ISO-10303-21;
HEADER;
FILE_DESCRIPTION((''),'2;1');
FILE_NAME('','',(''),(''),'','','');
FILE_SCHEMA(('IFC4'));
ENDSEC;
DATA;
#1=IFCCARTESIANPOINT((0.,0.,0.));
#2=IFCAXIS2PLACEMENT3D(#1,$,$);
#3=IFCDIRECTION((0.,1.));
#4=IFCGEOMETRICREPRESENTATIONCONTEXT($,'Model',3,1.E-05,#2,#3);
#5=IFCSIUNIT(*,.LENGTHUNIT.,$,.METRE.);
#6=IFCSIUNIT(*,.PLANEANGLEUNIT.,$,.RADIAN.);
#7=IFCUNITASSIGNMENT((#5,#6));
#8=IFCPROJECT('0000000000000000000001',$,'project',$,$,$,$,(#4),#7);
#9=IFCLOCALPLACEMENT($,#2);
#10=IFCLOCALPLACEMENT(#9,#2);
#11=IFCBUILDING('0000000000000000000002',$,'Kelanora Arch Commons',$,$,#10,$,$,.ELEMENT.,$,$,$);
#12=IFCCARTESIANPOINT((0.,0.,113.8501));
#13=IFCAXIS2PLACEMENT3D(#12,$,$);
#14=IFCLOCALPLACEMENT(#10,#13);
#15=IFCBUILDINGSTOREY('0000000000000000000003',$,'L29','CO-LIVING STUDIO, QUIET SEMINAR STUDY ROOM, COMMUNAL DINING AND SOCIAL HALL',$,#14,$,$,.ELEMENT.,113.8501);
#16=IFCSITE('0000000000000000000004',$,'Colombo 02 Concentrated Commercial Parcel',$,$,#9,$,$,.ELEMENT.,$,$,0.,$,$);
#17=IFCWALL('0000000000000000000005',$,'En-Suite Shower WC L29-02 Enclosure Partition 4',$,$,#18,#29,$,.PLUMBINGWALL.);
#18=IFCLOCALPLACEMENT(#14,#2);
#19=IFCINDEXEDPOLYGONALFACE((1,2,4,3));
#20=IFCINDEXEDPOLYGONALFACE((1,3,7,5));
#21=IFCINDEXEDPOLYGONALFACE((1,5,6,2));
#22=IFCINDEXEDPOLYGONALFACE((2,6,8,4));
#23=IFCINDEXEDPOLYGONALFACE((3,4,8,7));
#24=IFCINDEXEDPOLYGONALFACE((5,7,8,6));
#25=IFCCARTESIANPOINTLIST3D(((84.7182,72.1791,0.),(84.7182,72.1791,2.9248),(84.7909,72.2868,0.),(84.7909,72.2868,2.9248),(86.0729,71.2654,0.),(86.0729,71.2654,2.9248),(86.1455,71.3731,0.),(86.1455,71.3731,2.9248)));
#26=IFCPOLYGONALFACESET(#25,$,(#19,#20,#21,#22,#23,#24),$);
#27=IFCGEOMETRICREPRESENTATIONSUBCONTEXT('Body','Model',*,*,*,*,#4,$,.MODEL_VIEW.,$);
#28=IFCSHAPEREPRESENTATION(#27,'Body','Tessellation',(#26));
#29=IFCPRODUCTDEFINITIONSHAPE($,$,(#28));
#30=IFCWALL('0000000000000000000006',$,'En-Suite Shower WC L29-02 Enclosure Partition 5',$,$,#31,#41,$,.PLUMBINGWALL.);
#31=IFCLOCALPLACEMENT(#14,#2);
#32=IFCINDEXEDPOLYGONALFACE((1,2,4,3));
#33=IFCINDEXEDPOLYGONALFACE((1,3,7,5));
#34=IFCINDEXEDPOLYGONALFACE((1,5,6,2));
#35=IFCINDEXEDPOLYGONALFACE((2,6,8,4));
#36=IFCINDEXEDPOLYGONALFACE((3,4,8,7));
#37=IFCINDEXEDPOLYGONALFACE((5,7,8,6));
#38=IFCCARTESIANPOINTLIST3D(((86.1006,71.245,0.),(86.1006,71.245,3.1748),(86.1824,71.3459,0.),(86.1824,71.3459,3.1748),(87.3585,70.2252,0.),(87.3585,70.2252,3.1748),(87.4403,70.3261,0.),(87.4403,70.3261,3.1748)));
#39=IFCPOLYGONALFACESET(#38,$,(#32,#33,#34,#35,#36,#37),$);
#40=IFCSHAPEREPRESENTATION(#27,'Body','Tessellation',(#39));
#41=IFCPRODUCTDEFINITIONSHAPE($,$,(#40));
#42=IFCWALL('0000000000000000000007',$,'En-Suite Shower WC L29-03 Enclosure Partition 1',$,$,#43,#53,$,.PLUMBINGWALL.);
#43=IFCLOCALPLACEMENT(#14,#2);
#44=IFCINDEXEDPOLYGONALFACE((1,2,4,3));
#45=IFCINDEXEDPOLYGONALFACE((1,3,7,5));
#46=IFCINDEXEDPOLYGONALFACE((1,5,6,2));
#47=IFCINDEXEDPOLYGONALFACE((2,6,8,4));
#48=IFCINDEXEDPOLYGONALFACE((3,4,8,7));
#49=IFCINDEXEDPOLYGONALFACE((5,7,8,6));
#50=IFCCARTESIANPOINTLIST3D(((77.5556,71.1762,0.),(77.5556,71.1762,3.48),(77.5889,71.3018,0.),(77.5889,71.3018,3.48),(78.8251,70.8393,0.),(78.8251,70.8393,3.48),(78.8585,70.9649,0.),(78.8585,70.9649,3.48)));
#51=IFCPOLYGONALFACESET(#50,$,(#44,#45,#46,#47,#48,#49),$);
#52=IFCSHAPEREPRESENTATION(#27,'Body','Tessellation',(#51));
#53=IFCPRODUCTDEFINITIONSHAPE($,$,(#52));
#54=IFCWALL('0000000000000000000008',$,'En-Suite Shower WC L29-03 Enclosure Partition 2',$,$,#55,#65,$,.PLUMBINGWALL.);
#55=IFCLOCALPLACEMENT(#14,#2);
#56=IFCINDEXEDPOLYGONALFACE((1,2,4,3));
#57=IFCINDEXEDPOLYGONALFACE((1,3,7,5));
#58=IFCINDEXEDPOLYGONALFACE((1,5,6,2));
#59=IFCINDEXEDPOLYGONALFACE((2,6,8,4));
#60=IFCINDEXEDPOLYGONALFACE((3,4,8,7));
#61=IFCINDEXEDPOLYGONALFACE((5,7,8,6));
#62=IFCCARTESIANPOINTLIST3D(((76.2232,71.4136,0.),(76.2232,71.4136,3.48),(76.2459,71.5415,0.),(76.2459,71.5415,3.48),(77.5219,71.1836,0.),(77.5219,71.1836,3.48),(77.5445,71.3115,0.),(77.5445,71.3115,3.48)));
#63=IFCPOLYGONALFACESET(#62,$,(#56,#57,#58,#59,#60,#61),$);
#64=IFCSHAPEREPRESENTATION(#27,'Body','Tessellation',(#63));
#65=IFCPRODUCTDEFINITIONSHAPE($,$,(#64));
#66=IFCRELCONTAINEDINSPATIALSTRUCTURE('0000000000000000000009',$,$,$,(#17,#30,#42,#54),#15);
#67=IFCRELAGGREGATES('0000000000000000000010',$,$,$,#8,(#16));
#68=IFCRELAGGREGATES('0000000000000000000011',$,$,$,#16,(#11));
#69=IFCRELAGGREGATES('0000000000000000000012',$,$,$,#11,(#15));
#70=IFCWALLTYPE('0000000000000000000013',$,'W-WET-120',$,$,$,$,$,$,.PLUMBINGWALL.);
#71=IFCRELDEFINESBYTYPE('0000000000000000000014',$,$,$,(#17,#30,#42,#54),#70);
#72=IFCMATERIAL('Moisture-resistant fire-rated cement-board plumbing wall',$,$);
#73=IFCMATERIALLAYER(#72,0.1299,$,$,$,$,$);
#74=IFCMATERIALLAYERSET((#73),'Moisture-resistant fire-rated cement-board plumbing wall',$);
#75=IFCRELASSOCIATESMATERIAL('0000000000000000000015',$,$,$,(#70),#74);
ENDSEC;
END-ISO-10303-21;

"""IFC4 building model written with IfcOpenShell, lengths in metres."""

from ifc_helpers import new_model, si_unit, direction, frame, frame_2d, origin, place, context, subcontext, project, spatial, rectangle, extrude, material, layer, layer_set, type_object, element, save


model = new_model("IFC4")

# Units and contexts
model_context = context("Model", 3, precision=1e-05, world=origin(), true_north=direction((0.0, 1.0)))
body_context = subcontext(model_context, "Body", "Model", "MODEL_VIEW")
ifc_project = project(units=[si_unit("LENGTHUNIT", "METRE"), si_unit("PLANEANGLEUNIT", "RADIAN")], contexts=[model_context])

# Site, building, storey
site_placement = place(None, origin())
site = spatial("IfcSite", under=ifc_project, at=site_placement, Name="Colombo 02 Concentrated Commercial Parcel", CompositionType="ELEMENT", RefElevation=0.0)
building_placement = place(site_placement, origin())
building = spatial("IfcBuilding", under=site, at=building_placement, Name="Kelanora Arch Commons", CompositionType="ELEMENT")
storey_placement = place(building_placement, frame((0.0, 0.0, 113.8501)))
storey = spatial("IfcBuildingStorey", under=building, at=storey_placement, Name="L29", Description="CO-LIVING STUDIO, QUIET SEMINAR STUDY ROOM, COMMUNAL DINING AND SOCIAL HALL", CompositionType="ELEMENT", Elevation=113.8501)

# Shared definitions
ifc_material_1 = material(Name="Moisture-resistant fire-rated cement-board plumbing wall")
ifc_layer_1 = layer(ifc_material_1, 0.1299)
ifc_layer_set_1 = layer_set([ifc_layer_1], Name="Moisture-resistant fire-rated cement-board plumbing wall")
wall_type_1 = type_object("IfcWallType", Name="W-WET-120", PredefinedType="PLUMBINGWALL", material=ifc_layer_set_1)

# Walls
wall_1_placement = place(storey_placement, frame((84.7546, 72.2329, 0.0), z_axis=(0.0, 0.0, 1.0), x_axis=(0.829027, -0.559209, 0.0)))
element("IfcWall", 1, at=wall_1_placement, inside=storey, type_object=wall_type_1, Name="En-Suite Shower WC L29-02 Enclosure Partition 4", PredefinedType="PLUMBINGWALL", context=body_context, shape_type="SweptSolid", body=[
    extrude(rectangle(XDim=1.634, YDim=0.1299, at=frame_2d((0.8169, 0.0))), origin(), (0.0, 0.0, 1.0), 2.9248),
])
wall_2_placement = place(storey_placement, frame((86.1416, 71.2954, 0.0), z_axis=(0.0, 0.0, 1.0), x_axis=(0.776778, -0.629775, 0.0)))
element("IfcWall", 2, at=wall_2_placement, inside=storey, type_object=wall_type_1, Name="En-Suite Shower WC L29-02 Enclosure Partition 5", PredefinedType="PLUMBINGWALL", context=body_context, shape_type="SweptSolid", body=[
    extrude(rectangle(XDim=1.6194, YDim=0.1299, at=frame_2d((0.8096, 0.0))), origin(), (0.0, 0.0, 1.0), 3.1748),
])
wall_3_placement = place(storey_placement, frame((78.8418, 70.9021, 0.0), z_axis=(0.0, 0.0, 1.0), x_axis=(-0.966543, 0.256506, 0.0)))
element("IfcWall", 3, at=wall_3_placement, inside=storey, type_object=wall_type_1, Name="En-Suite Shower WC L29-03 Enclosure Partition 1", PredefinedType="PLUMBINGWALL", context=body_context, shape_type="SweptSolid", body=[
    extrude(rectangle(XDim=1.3135, YDim=0.1299, at=frame_2d((0.6567, 0.0))), origin(), (0.0, 0.0, 1.0), 3.48),
])
wall_4_placement = place(storey_placement, frame((77.5332, 71.2476, 0.0), z_axis=(0.0, 0.0, 1.0), x_axis=(-0.984677, 0.174387, 0.0)))
element("IfcWall", 4, at=wall_4_placement, inside=storey, type_object=wall_type_1, Name="En-Suite Shower WC L29-03 Enclosure Partition 2", PredefinedType="PLUMBINGWALL", context=body_context, shape_type="SweptSolid", body=[
    extrude(rectangle(XDim=1.3188, YDim=0.1299, at=frame_2d((0.6594, 0.0))), origin(), (0.0, 0.0, 1.0), 3.48),
])

save(model, "model.ifc")
